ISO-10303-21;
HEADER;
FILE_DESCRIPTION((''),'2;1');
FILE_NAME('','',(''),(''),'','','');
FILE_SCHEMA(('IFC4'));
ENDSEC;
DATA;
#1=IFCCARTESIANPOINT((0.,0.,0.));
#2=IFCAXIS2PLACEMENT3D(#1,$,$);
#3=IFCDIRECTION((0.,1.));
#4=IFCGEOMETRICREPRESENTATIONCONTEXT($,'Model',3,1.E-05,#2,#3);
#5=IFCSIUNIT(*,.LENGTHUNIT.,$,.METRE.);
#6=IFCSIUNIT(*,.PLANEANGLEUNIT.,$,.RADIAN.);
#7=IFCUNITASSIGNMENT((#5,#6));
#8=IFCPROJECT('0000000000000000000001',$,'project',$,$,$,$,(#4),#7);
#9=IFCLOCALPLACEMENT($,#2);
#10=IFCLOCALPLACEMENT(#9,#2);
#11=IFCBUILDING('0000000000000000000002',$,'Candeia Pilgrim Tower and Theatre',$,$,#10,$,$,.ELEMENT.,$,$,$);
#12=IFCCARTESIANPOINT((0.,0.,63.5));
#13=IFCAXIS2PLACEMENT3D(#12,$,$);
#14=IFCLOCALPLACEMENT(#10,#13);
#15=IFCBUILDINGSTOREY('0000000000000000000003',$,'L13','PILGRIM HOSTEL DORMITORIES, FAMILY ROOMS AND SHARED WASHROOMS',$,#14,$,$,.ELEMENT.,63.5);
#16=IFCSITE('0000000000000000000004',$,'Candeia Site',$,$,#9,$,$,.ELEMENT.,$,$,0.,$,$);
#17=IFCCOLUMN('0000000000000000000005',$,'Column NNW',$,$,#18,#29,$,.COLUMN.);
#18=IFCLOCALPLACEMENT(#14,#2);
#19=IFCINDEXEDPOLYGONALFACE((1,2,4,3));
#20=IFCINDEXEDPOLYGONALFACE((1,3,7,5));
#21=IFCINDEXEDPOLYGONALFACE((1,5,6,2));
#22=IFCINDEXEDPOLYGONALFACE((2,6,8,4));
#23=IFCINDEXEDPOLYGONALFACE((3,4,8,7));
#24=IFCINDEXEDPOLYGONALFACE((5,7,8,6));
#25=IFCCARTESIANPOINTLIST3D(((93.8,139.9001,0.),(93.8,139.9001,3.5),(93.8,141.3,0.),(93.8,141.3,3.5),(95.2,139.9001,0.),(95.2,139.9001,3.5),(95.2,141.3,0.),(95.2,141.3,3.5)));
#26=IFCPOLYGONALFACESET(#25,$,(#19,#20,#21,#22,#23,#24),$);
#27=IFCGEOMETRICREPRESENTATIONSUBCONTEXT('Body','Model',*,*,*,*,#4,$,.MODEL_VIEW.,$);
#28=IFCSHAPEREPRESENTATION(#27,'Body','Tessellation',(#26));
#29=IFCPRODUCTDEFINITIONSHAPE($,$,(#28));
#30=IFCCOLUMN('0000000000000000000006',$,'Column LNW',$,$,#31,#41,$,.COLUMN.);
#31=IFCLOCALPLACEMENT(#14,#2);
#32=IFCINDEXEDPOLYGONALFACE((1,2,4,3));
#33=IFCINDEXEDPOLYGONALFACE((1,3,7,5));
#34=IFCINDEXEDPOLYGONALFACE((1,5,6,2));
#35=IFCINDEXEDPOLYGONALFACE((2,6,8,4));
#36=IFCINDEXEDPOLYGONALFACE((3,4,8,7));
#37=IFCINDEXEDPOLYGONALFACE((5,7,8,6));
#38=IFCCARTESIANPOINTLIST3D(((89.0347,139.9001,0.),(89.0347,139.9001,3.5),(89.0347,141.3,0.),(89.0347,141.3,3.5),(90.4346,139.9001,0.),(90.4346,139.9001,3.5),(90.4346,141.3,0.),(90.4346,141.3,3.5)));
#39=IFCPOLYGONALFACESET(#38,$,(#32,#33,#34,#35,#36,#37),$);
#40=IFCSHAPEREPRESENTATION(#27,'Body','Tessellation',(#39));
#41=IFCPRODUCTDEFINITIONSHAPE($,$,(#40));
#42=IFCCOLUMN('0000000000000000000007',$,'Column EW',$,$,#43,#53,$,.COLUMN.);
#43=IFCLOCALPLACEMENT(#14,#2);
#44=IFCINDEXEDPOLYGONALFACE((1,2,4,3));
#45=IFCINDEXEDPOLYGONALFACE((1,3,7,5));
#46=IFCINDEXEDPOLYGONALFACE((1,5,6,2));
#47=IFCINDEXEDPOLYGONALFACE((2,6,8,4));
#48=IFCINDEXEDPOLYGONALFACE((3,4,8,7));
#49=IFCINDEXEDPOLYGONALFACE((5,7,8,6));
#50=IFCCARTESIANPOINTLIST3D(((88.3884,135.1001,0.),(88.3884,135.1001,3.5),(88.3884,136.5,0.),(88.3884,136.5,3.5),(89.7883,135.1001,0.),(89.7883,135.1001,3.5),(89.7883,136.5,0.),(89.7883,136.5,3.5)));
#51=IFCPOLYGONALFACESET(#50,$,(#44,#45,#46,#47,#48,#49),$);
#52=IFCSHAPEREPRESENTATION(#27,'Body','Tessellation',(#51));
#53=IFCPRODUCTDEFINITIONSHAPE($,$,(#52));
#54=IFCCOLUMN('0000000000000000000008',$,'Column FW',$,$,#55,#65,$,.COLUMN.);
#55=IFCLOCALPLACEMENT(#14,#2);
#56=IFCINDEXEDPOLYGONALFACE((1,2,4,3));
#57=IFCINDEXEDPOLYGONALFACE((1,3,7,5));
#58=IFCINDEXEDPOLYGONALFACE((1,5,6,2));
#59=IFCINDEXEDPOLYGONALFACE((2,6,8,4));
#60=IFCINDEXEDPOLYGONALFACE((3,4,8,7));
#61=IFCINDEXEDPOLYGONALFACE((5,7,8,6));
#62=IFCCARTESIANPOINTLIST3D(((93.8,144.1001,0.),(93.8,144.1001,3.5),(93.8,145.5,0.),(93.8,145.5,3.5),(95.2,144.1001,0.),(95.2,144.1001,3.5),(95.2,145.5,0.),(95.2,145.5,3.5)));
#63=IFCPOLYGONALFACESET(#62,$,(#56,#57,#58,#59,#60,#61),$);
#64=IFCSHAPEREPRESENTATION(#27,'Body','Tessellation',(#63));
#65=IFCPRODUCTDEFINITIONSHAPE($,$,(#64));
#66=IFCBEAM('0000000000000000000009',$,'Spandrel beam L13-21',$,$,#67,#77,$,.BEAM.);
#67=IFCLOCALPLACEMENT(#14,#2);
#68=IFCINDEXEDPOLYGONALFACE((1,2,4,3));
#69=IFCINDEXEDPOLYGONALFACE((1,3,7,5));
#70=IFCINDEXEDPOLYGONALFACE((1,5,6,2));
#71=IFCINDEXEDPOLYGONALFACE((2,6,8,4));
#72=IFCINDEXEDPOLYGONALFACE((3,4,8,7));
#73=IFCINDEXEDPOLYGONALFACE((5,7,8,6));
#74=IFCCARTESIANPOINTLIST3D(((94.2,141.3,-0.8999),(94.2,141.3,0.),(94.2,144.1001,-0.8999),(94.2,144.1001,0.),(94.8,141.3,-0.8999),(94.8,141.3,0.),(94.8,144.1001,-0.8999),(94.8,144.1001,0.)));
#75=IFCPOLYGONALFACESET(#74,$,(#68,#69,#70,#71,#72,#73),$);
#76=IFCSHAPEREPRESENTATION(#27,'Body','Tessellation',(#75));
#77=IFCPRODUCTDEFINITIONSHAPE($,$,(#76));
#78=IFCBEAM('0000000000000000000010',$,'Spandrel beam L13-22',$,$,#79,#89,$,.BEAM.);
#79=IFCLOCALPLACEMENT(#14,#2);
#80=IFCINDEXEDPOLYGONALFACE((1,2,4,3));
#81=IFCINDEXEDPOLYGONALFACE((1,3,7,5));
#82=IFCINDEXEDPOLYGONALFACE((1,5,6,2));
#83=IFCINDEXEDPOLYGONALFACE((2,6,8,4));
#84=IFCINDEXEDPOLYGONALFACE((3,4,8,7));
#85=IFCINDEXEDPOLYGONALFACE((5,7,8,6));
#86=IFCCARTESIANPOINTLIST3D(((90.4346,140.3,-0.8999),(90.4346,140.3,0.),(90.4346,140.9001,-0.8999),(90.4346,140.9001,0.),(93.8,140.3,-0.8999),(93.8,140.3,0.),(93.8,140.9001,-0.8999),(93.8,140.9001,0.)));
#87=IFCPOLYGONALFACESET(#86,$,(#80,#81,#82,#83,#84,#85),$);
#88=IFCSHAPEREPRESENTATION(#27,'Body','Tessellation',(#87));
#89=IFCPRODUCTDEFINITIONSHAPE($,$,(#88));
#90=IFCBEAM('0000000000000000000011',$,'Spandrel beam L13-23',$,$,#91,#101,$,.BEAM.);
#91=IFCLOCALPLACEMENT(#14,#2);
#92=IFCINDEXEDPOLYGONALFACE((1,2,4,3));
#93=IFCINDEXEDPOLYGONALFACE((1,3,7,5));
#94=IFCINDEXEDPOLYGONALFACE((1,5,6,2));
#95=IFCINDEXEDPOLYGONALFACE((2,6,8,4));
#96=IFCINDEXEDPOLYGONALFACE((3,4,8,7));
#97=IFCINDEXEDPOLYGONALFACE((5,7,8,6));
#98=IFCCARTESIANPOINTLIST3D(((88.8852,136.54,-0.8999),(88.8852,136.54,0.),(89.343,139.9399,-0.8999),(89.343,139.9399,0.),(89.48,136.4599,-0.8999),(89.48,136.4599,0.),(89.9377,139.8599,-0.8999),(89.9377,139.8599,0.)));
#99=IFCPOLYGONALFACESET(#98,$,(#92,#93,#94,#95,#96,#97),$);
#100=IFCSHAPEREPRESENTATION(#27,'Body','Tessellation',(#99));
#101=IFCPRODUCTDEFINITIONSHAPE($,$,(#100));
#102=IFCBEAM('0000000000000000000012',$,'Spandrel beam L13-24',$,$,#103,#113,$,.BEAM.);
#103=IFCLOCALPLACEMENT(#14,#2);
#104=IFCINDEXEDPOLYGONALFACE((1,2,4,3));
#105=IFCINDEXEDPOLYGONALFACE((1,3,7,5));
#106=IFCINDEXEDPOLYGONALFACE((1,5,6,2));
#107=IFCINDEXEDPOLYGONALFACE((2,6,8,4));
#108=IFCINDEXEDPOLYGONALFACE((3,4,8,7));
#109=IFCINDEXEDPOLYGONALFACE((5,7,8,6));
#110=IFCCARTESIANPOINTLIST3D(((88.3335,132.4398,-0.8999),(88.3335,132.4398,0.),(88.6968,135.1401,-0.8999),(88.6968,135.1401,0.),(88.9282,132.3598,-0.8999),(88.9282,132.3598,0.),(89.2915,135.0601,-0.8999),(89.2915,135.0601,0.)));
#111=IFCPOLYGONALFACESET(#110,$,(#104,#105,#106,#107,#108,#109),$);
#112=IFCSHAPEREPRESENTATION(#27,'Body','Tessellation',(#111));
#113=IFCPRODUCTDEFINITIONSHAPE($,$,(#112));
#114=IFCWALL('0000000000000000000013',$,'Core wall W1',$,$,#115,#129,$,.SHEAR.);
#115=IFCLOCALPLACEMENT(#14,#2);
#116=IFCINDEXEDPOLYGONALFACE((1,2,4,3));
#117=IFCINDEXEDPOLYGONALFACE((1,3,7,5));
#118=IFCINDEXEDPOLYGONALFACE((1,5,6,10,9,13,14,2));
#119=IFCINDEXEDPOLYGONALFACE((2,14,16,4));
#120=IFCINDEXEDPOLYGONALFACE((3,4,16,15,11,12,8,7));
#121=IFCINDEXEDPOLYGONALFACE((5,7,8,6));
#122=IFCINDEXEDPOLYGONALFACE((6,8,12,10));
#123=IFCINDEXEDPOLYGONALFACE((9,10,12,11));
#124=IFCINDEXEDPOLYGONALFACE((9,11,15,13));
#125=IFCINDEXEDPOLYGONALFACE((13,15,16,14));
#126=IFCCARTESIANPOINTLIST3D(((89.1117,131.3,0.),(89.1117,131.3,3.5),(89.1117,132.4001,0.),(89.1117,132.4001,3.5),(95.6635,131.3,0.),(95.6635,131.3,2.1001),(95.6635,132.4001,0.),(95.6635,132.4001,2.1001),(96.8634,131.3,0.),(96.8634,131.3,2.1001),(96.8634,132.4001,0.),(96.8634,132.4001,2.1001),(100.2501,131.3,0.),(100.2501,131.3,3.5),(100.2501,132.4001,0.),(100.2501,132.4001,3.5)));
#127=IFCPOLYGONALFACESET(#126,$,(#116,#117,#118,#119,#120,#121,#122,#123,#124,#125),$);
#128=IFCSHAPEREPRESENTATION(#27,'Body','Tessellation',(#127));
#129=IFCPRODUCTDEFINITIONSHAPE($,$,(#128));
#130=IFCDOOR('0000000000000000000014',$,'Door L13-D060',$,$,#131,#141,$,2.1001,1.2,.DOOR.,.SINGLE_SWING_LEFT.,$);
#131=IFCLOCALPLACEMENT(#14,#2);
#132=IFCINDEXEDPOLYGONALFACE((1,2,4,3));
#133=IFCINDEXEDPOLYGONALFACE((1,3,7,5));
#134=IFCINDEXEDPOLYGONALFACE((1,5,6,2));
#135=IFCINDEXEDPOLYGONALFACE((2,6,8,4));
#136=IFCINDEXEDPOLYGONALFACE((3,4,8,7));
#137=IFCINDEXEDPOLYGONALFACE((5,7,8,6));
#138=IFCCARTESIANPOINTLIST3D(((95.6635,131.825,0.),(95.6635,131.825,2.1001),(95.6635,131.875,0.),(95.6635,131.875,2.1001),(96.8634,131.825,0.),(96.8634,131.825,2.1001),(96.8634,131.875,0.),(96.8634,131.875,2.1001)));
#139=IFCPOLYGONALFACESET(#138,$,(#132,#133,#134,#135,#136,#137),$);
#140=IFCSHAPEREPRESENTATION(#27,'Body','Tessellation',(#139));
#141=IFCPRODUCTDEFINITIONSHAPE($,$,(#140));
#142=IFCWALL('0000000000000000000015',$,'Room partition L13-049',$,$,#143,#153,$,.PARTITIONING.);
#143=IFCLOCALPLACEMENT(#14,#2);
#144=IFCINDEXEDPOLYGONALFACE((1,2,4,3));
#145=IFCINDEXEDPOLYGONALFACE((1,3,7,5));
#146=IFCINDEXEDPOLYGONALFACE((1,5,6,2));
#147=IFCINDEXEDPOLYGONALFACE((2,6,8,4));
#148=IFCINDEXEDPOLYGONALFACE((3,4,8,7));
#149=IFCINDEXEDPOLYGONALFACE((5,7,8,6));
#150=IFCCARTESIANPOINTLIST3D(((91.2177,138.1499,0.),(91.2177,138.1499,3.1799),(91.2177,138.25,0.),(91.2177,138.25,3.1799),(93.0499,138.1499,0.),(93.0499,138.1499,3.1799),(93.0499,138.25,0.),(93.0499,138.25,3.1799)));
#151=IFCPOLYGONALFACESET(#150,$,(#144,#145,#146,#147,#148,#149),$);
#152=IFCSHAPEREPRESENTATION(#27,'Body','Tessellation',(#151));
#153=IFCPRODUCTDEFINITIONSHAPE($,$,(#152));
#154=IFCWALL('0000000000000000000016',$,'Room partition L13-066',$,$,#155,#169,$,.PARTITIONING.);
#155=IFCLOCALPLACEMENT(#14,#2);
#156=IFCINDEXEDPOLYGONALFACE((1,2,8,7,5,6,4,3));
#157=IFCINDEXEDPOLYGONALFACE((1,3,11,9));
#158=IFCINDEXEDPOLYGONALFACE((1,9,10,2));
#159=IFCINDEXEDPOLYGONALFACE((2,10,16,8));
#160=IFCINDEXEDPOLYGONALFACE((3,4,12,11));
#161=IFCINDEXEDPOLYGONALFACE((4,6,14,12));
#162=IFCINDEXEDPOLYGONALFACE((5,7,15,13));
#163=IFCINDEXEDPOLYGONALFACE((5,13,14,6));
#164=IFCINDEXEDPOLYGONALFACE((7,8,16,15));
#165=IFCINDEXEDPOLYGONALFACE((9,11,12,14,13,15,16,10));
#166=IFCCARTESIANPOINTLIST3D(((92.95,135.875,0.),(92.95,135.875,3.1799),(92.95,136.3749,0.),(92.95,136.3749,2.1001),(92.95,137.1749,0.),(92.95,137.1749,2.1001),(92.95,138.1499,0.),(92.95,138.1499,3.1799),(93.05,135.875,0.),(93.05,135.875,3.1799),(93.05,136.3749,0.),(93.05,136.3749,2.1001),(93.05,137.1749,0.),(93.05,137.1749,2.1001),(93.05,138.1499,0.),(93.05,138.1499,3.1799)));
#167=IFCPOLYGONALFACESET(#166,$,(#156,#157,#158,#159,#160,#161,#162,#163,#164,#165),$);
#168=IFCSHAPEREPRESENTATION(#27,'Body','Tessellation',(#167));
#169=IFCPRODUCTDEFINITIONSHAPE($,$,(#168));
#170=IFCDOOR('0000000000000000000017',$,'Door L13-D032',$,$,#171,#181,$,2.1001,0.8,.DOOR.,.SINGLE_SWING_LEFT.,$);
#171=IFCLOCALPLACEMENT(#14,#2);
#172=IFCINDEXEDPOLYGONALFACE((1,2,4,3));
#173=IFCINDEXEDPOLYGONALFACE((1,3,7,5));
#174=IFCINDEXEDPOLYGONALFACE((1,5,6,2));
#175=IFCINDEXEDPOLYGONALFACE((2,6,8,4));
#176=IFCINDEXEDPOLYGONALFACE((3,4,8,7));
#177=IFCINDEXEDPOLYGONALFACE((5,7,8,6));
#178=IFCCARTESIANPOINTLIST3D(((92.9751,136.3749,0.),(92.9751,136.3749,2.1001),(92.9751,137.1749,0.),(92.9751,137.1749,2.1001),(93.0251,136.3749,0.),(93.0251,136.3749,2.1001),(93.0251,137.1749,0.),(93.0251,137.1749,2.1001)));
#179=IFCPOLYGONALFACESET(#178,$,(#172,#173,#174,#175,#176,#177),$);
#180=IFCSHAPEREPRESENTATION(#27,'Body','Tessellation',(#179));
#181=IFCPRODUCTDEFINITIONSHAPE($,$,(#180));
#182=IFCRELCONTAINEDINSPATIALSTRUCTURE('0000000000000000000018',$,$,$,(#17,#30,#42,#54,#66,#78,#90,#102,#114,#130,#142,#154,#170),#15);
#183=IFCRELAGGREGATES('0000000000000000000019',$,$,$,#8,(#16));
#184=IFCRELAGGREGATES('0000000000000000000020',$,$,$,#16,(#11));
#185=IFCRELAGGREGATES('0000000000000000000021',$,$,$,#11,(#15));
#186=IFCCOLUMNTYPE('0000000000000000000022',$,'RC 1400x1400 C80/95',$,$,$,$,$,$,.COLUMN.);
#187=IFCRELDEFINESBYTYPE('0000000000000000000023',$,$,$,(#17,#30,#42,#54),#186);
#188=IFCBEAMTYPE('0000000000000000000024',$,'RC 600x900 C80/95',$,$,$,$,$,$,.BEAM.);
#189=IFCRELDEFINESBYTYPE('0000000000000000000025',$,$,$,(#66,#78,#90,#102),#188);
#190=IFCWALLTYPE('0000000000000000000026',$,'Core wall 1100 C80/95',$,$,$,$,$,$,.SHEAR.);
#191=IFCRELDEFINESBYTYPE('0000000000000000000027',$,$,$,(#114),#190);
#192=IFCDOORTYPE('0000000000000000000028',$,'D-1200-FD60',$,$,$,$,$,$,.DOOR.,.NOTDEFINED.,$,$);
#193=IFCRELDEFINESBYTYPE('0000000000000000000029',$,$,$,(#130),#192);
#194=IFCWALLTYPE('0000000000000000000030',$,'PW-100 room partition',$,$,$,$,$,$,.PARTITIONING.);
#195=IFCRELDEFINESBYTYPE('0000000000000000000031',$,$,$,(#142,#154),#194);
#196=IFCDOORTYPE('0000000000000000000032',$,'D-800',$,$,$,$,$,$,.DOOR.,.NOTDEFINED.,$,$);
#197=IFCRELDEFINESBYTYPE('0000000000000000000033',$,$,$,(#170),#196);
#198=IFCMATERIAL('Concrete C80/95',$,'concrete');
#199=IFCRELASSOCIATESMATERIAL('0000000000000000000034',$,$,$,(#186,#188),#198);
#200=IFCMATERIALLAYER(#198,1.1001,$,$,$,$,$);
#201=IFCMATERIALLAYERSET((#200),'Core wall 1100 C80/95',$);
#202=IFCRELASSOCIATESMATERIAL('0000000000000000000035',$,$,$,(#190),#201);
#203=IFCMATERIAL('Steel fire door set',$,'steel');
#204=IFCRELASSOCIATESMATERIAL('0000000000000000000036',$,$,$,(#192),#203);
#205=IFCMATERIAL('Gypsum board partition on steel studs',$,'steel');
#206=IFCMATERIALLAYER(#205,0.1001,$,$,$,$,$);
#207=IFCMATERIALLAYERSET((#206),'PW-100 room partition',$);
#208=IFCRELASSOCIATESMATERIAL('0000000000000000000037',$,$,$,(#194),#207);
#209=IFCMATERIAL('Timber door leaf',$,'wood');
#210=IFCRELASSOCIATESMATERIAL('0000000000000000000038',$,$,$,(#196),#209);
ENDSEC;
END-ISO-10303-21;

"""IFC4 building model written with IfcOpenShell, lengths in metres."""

from ifc_helpers import new_model, si_unit, direction, frame, frame_2d, origin, origin_2d, place, context, subcontext, project, spatial, rectangle, extrude, material, layer, layer_set, material_profile, profile_set, type_object, element, fill, save


model = new_model("IFC4")

# Units and contexts
model_context = context("Model", 3, precision=1e-05, world=origin(), true_north=direction((0.0, 1.0)))
body_context = subcontext(model_context, "Body", "Model", "MODEL_VIEW")
ifc_project = project(units=[si_unit("LENGTHUNIT", "METRE"), si_unit("PLANEANGLEUNIT", "RADIAN")], contexts=[model_context])

# Site, building, storey
site_placement = place(None, origin())
site = spatial("IfcSite", under=ifc_project, at=site_placement, Name="Candeia Site", CompositionType="ELEMENT", RefElevation=0.0)
building_placement = place(site_placement, origin())
building = spatial("IfcBuilding", under=site, at=building_placement, Name="Candeia Pilgrim Tower and Theatre", CompositionType="ELEMENT")
storey_placement = place(building_placement, frame((0.0, 0.0, 63.5)))
storey = spatial("IfcBuildingStorey", under=building, at=storey_placement, Name="L13", Description="PILGRIM HOSTEL DORMITORIES, FAMILY ROOMS AND SHARED WASHROOMS", CompositionType="ELEMENT", Elevation=63.5)

# Columns
ifc_material_1 = material(Name="Concrete C80/95", Category="concrete")
ifc_material_profile_1 = material_profile(ifc_material_1, rectangle(XDim=1.3999, YDim=1.3999, at=origin_2d()))
ifc_profile_set_1 = profile_set([ifc_material_profile_1], Name="Concrete C80/95")
column_type = type_object("IfcColumnType", Name="RC 1400x1400 C80/95", PredefinedType="COLUMN", material=ifc_profile_set_1)
for number, where, z_axis, x_axis, name in (
    (1, (94.5, 140.6001, 0.0), (0.0, 0.0, 1.0), (1.0, 0.0, 0.0), "Column NNW"),
    (2, (89.7346, 140.6001, 0.0), (0.0, 0.0, 1.0), (1.0, 0.0, 0.0), "Column LNW"),
    (3, (89.0884, 135.8, 0.0), (0.0, 0.0, 1.0), (1.0, 0.0, 0.0), "Column EW"),
    (4, (94.5, 144.8, 0.0), (0.0, 0.0, 1.0), (1.0, 0.0, 0.0), "Column FW"),
):
    element("IfcColumn", number, at=place(storey_placement, frame(where, z_axis=z_axis, x_axis=x_axis)), inside=storey, type_object=column_type, Name=name, PredefinedType="COLUMN", context=body_context, shape_type="SweptSolid", body=[
        extrude(rectangle(XDim=1.3999, YDim=1.3999, at=origin_2d()), origin(), (0.0, 0.0, 1.0), 3.5),
    ])

# Beams
ifc_material_profile_2 = material_profile(ifc_material_1, rectangle(XDim=0.6001, YDim=0.8999, at=origin_2d()))
ifc_profile_set_2 = profile_set([ifc_material_profile_2], Name="Concrete C80/95")
beam_type = type_object("IfcBeamType", Name="RC 600x900 C80/95", PredefinedType="BEAM", material=ifc_profile_set_2)
beam_1_placement = place(storey_placement, frame((94.5, 144.1001, -0.45), z_axis=(0.0, -1.0, 0.0), x_axis=(1.0, 0.0, 0.0)))
element("IfcBeam", 5, at=beam_1_placement, inside=storey, type_object=beam_type, Name="Spandrel beam L13-21", PredefinedType="BEAM", context=body_context, shape_type="SweptSolid", body=[
    extrude(rectangle(XDim=0.6001, YDim=0.8999, at=origin_2d()), origin(), (0.0, 0.0, 1.0), 2.8),
])
beam_2_placement = place(storey_placement, frame((93.8, 140.6001, -0.45), z_axis=(-1.0, 0.0, 0.0), x_axis=(0.0, -1.0, 0.0)))
element("IfcBeam", 6, at=beam_2_placement, inside=storey, type_object=beam_type, Name="Spandrel beam L13-22", PredefinedType="BEAM", context=body_context, shape_type="SweptSolid", body=[
    extrude(rectangle(XDim=0.6001, YDim=0.8999, at=origin_2d()), origin(), (0.0, 0.0, 1.0), 3.3655),
])
beam_3_placement = place(storey_placement, frame((89.6404, 139.8999, -0.45), z_axis=(-0.133436, -0.991057, 0.0), x_axis=(0.991057, -0.133436, 0.0)))
element("IfcBeam", 7, at=beam_3_placement, inside=storey, type_object=beam_type, Name="Spandrel beam L13-23", PredefinedType="BEAM", context=body_context, shape_type="SweptSolid", body=[
    extrude(rectangle(XDim=0.6001, YDim=0.8999, at=origin_2d()), origin(), (0.0, 0.0, 1.0), 3.4307),
])
beam_4_placement = place(storey_placement, frame((88.9941, 135.1001, -0.45), z_axis=(-0.133338, -0.991071, 0.0), x_axis=(0.991071, -0.133338, 0.0)))
element("IfcBeam", 8, at=beam_4_placement, inside=storey, type_object=beam_type, Name="Spandrel beam L13-24", PredefinedType="BEAM", context=body_context, shape_type="SweptSolid", body=[
    extrude(rectangle(XDim=0.6001, YDim=0.8999, at=origin_2d()), origin(), (0.0, 0.0, 1.0), 2.7246),
])

# Wall, opening, door
ifc_layer_1 = layer(ifc_material_1, 1.1001)
ifc_layer_set_1 = layer_set([ifc_layer_1], Name="Core wall 1100 C80/95")
wall_type_1 = type_object("IfcWallType", Name="Core wall 1100 C80/95", PredefinedType="SHEAR", material=ifc_layer_set_1)
wall_1_placement = place(storey_placement, frame((89.1116, 131.8501, 0.0), z_axis=(0.0, 0.0, 1.0), x_axis=(1.0, 0.0, 0.0)))
wall_1 = element("IfcWall", 9, at=wall_1_placement, inside=storey, type_object=wall_type_1, Name="Core wall W1", PredefinedType="SHEAR", context=body_context, shape_type="SweptSolid", body=[
    extrude(rectangle(XDim=11.1384, YDim=1.1001, at=frame_2d((5.5693, 0.0))), origin(), (0.0, 0.0, 1.0), 3.5),
])
opening_1_placement = place(wall_1_placement, frame((6.5518, 0.0, 0.0)))
opening_1 = element("IfcOpeningElement", 10, at=opening_1_placement, cuts=wall_1, PredefinedType="OPENING", context=body_context, shape_type="SweptSolid", body=[
    extrude(rectangle(XDim=1.2, YDim=2.1001, at=frame_2d((0.6001, 1.05))), frame((0.0, 0.5601, 0.0), z_axis=(0.0, -1.0, 0.0), x_axis=(1.0, 0.0, 0.0)), (0.0, 0.0, 1.0), 1.1201),
])
ifc_material_2 = material(Name="Steel fire door set", Category="steel")
door_type_1 = type_object("IfcDoorType", Name="D-1200-FD60", OperationType="NOTDEFINED", PredefinedType="DOOR", material=ifc_material_2)
door_1_placement = place(opening_1_placement, origin())
door_1 = element("IfcDoor", 11, at=door_1_placement, inside=storey, type_object=door_type_1, Name="Door L13-D060", OperationType="SINGLE_SWING_LEFT", OverallHeight=2.1001, OverallWidth=1.2, PredefinedType="DOOR", context=body_context, shape_type="SweptSolid", body=[
    extrude(rectangle(XDim=1.2, YDim=2.1001, at=frame_2d((0.6001, 1.05))), frame((0.0, 0.0249, 0.0), z_axis=(0.0, -1.0, 0.0), x_axis=(1.0, 0.0, 0.0)), (0.0, 0.0, 1.0), 0.05),
])
fill(opening_1, door_1)

# Wall
ifc_material_3 = material(Name="Gypsum board partition on steel studs", Category="steel")
ifc_layer_2 = layer(ifc_material_3, 0.1001)
ifc_layer_set_2 = layer_set([ifc_layer_2], Name="PW-100 room partition")
wall_type_2 = type_object("IfcWallType", Name="PW-100 room partition", PredefinedType="PARTITIONING", material=ifc_layer_set_2)
wall_2_placement = place(storey_placement, frame((91.2178, 138.2, 0.0), z_axis=(0.0, 0.0, 1.0), x_axis=(1.0, 0.0, 0.0)))
element("IfcWall", 12, at=wall_2_placement, inside=storey, type_object=wall_type_2, Name="Room partition L13-049", PredefinedType="PARTITIONING", context=body_context, shape_type="SweptSolid", body=[
    extrude(rectangle(XDim=1.8323, YDim=0.1001, at=frame_2d((0.916, 0.0))), origin(), (0.0, 0.0, 1.0), 3.1799),
])

# Wall, opening, door
wall_3_placement = place(storey_placement, frame((93.0, 135.875, 0.0), z_axis=(0.0, 0.0, 1.0), x_axis=(0.0, 1.0, 0.0)))
wall_3 = element("IfcWall", 13, at=wall_3_placement, inside=storey, type_object=wall_type_2, Name="Room partition L13-066", PredefinedType="PARTITIONING", context=body_context, shape_type="SweptSolid", body=[
    extrude(rectangle(XDim=2.2749, YDim=0.1001, at=frame_2d((1.1375, 0.0))), origin(), (0.0, 0.0, 1.0), 3.1799),
])
opening_2_placement = place(wall_3_placement, frame((0.5, 0.0, 0.0)))
opening_2 = element("IfcOpeningElement", 14, at=opening_2_placement, cuts=wall_3, PredefinedType="OPENING", context=body_context, shape_type="SweptSolid", body=[
    extrude(rectangle(XDim=0.8, YDim=2.1001, at=frame_2d((0.3999, 1.05))), frame((0.0, 0.0601, 0.0), z_axis=(0.0, -1.0, 0.0), x_axis=(1.0, 0.0, 0.0)), (0.0, 0.0, 1.0), 0.1201),
])
ifc_material_4 = material(Name="Timber door leaf", Category="wood")
door_type_2 = type_object("IfcDoorType", Name="D-800", OperationType="NOTDEFINED", PredefinedType="DOOR", material=ifc_material_4)
door_2_placement = place(opening_2_placement, origin())
door_2 = element("IfcDoor", 15, at=door_2_placement, inside=storey, type_object=door_type_2, Name="Door L13-D032", OperationType="SINGLE_SWING_LEFT", OverallHeight=2.1001, OverallWidth=0.8, PredefinedType="DOOR", context=body_context, shape_type="SweptSolid", body=[
    extrude(rectangle(XDim=0.8, YDim=2.1001, at=frame_2d((0.3999, 1.05))), frame((0.0, 0.0249, 0.0), z_axis=(0.0, -1.0, 0.0), x_axis=(1.0, 0.0, 0.0)), (0.0, 0.0, 1.0), 0.05),
])
fill(opening_2, door_2)

save(model, "model.ifc")
